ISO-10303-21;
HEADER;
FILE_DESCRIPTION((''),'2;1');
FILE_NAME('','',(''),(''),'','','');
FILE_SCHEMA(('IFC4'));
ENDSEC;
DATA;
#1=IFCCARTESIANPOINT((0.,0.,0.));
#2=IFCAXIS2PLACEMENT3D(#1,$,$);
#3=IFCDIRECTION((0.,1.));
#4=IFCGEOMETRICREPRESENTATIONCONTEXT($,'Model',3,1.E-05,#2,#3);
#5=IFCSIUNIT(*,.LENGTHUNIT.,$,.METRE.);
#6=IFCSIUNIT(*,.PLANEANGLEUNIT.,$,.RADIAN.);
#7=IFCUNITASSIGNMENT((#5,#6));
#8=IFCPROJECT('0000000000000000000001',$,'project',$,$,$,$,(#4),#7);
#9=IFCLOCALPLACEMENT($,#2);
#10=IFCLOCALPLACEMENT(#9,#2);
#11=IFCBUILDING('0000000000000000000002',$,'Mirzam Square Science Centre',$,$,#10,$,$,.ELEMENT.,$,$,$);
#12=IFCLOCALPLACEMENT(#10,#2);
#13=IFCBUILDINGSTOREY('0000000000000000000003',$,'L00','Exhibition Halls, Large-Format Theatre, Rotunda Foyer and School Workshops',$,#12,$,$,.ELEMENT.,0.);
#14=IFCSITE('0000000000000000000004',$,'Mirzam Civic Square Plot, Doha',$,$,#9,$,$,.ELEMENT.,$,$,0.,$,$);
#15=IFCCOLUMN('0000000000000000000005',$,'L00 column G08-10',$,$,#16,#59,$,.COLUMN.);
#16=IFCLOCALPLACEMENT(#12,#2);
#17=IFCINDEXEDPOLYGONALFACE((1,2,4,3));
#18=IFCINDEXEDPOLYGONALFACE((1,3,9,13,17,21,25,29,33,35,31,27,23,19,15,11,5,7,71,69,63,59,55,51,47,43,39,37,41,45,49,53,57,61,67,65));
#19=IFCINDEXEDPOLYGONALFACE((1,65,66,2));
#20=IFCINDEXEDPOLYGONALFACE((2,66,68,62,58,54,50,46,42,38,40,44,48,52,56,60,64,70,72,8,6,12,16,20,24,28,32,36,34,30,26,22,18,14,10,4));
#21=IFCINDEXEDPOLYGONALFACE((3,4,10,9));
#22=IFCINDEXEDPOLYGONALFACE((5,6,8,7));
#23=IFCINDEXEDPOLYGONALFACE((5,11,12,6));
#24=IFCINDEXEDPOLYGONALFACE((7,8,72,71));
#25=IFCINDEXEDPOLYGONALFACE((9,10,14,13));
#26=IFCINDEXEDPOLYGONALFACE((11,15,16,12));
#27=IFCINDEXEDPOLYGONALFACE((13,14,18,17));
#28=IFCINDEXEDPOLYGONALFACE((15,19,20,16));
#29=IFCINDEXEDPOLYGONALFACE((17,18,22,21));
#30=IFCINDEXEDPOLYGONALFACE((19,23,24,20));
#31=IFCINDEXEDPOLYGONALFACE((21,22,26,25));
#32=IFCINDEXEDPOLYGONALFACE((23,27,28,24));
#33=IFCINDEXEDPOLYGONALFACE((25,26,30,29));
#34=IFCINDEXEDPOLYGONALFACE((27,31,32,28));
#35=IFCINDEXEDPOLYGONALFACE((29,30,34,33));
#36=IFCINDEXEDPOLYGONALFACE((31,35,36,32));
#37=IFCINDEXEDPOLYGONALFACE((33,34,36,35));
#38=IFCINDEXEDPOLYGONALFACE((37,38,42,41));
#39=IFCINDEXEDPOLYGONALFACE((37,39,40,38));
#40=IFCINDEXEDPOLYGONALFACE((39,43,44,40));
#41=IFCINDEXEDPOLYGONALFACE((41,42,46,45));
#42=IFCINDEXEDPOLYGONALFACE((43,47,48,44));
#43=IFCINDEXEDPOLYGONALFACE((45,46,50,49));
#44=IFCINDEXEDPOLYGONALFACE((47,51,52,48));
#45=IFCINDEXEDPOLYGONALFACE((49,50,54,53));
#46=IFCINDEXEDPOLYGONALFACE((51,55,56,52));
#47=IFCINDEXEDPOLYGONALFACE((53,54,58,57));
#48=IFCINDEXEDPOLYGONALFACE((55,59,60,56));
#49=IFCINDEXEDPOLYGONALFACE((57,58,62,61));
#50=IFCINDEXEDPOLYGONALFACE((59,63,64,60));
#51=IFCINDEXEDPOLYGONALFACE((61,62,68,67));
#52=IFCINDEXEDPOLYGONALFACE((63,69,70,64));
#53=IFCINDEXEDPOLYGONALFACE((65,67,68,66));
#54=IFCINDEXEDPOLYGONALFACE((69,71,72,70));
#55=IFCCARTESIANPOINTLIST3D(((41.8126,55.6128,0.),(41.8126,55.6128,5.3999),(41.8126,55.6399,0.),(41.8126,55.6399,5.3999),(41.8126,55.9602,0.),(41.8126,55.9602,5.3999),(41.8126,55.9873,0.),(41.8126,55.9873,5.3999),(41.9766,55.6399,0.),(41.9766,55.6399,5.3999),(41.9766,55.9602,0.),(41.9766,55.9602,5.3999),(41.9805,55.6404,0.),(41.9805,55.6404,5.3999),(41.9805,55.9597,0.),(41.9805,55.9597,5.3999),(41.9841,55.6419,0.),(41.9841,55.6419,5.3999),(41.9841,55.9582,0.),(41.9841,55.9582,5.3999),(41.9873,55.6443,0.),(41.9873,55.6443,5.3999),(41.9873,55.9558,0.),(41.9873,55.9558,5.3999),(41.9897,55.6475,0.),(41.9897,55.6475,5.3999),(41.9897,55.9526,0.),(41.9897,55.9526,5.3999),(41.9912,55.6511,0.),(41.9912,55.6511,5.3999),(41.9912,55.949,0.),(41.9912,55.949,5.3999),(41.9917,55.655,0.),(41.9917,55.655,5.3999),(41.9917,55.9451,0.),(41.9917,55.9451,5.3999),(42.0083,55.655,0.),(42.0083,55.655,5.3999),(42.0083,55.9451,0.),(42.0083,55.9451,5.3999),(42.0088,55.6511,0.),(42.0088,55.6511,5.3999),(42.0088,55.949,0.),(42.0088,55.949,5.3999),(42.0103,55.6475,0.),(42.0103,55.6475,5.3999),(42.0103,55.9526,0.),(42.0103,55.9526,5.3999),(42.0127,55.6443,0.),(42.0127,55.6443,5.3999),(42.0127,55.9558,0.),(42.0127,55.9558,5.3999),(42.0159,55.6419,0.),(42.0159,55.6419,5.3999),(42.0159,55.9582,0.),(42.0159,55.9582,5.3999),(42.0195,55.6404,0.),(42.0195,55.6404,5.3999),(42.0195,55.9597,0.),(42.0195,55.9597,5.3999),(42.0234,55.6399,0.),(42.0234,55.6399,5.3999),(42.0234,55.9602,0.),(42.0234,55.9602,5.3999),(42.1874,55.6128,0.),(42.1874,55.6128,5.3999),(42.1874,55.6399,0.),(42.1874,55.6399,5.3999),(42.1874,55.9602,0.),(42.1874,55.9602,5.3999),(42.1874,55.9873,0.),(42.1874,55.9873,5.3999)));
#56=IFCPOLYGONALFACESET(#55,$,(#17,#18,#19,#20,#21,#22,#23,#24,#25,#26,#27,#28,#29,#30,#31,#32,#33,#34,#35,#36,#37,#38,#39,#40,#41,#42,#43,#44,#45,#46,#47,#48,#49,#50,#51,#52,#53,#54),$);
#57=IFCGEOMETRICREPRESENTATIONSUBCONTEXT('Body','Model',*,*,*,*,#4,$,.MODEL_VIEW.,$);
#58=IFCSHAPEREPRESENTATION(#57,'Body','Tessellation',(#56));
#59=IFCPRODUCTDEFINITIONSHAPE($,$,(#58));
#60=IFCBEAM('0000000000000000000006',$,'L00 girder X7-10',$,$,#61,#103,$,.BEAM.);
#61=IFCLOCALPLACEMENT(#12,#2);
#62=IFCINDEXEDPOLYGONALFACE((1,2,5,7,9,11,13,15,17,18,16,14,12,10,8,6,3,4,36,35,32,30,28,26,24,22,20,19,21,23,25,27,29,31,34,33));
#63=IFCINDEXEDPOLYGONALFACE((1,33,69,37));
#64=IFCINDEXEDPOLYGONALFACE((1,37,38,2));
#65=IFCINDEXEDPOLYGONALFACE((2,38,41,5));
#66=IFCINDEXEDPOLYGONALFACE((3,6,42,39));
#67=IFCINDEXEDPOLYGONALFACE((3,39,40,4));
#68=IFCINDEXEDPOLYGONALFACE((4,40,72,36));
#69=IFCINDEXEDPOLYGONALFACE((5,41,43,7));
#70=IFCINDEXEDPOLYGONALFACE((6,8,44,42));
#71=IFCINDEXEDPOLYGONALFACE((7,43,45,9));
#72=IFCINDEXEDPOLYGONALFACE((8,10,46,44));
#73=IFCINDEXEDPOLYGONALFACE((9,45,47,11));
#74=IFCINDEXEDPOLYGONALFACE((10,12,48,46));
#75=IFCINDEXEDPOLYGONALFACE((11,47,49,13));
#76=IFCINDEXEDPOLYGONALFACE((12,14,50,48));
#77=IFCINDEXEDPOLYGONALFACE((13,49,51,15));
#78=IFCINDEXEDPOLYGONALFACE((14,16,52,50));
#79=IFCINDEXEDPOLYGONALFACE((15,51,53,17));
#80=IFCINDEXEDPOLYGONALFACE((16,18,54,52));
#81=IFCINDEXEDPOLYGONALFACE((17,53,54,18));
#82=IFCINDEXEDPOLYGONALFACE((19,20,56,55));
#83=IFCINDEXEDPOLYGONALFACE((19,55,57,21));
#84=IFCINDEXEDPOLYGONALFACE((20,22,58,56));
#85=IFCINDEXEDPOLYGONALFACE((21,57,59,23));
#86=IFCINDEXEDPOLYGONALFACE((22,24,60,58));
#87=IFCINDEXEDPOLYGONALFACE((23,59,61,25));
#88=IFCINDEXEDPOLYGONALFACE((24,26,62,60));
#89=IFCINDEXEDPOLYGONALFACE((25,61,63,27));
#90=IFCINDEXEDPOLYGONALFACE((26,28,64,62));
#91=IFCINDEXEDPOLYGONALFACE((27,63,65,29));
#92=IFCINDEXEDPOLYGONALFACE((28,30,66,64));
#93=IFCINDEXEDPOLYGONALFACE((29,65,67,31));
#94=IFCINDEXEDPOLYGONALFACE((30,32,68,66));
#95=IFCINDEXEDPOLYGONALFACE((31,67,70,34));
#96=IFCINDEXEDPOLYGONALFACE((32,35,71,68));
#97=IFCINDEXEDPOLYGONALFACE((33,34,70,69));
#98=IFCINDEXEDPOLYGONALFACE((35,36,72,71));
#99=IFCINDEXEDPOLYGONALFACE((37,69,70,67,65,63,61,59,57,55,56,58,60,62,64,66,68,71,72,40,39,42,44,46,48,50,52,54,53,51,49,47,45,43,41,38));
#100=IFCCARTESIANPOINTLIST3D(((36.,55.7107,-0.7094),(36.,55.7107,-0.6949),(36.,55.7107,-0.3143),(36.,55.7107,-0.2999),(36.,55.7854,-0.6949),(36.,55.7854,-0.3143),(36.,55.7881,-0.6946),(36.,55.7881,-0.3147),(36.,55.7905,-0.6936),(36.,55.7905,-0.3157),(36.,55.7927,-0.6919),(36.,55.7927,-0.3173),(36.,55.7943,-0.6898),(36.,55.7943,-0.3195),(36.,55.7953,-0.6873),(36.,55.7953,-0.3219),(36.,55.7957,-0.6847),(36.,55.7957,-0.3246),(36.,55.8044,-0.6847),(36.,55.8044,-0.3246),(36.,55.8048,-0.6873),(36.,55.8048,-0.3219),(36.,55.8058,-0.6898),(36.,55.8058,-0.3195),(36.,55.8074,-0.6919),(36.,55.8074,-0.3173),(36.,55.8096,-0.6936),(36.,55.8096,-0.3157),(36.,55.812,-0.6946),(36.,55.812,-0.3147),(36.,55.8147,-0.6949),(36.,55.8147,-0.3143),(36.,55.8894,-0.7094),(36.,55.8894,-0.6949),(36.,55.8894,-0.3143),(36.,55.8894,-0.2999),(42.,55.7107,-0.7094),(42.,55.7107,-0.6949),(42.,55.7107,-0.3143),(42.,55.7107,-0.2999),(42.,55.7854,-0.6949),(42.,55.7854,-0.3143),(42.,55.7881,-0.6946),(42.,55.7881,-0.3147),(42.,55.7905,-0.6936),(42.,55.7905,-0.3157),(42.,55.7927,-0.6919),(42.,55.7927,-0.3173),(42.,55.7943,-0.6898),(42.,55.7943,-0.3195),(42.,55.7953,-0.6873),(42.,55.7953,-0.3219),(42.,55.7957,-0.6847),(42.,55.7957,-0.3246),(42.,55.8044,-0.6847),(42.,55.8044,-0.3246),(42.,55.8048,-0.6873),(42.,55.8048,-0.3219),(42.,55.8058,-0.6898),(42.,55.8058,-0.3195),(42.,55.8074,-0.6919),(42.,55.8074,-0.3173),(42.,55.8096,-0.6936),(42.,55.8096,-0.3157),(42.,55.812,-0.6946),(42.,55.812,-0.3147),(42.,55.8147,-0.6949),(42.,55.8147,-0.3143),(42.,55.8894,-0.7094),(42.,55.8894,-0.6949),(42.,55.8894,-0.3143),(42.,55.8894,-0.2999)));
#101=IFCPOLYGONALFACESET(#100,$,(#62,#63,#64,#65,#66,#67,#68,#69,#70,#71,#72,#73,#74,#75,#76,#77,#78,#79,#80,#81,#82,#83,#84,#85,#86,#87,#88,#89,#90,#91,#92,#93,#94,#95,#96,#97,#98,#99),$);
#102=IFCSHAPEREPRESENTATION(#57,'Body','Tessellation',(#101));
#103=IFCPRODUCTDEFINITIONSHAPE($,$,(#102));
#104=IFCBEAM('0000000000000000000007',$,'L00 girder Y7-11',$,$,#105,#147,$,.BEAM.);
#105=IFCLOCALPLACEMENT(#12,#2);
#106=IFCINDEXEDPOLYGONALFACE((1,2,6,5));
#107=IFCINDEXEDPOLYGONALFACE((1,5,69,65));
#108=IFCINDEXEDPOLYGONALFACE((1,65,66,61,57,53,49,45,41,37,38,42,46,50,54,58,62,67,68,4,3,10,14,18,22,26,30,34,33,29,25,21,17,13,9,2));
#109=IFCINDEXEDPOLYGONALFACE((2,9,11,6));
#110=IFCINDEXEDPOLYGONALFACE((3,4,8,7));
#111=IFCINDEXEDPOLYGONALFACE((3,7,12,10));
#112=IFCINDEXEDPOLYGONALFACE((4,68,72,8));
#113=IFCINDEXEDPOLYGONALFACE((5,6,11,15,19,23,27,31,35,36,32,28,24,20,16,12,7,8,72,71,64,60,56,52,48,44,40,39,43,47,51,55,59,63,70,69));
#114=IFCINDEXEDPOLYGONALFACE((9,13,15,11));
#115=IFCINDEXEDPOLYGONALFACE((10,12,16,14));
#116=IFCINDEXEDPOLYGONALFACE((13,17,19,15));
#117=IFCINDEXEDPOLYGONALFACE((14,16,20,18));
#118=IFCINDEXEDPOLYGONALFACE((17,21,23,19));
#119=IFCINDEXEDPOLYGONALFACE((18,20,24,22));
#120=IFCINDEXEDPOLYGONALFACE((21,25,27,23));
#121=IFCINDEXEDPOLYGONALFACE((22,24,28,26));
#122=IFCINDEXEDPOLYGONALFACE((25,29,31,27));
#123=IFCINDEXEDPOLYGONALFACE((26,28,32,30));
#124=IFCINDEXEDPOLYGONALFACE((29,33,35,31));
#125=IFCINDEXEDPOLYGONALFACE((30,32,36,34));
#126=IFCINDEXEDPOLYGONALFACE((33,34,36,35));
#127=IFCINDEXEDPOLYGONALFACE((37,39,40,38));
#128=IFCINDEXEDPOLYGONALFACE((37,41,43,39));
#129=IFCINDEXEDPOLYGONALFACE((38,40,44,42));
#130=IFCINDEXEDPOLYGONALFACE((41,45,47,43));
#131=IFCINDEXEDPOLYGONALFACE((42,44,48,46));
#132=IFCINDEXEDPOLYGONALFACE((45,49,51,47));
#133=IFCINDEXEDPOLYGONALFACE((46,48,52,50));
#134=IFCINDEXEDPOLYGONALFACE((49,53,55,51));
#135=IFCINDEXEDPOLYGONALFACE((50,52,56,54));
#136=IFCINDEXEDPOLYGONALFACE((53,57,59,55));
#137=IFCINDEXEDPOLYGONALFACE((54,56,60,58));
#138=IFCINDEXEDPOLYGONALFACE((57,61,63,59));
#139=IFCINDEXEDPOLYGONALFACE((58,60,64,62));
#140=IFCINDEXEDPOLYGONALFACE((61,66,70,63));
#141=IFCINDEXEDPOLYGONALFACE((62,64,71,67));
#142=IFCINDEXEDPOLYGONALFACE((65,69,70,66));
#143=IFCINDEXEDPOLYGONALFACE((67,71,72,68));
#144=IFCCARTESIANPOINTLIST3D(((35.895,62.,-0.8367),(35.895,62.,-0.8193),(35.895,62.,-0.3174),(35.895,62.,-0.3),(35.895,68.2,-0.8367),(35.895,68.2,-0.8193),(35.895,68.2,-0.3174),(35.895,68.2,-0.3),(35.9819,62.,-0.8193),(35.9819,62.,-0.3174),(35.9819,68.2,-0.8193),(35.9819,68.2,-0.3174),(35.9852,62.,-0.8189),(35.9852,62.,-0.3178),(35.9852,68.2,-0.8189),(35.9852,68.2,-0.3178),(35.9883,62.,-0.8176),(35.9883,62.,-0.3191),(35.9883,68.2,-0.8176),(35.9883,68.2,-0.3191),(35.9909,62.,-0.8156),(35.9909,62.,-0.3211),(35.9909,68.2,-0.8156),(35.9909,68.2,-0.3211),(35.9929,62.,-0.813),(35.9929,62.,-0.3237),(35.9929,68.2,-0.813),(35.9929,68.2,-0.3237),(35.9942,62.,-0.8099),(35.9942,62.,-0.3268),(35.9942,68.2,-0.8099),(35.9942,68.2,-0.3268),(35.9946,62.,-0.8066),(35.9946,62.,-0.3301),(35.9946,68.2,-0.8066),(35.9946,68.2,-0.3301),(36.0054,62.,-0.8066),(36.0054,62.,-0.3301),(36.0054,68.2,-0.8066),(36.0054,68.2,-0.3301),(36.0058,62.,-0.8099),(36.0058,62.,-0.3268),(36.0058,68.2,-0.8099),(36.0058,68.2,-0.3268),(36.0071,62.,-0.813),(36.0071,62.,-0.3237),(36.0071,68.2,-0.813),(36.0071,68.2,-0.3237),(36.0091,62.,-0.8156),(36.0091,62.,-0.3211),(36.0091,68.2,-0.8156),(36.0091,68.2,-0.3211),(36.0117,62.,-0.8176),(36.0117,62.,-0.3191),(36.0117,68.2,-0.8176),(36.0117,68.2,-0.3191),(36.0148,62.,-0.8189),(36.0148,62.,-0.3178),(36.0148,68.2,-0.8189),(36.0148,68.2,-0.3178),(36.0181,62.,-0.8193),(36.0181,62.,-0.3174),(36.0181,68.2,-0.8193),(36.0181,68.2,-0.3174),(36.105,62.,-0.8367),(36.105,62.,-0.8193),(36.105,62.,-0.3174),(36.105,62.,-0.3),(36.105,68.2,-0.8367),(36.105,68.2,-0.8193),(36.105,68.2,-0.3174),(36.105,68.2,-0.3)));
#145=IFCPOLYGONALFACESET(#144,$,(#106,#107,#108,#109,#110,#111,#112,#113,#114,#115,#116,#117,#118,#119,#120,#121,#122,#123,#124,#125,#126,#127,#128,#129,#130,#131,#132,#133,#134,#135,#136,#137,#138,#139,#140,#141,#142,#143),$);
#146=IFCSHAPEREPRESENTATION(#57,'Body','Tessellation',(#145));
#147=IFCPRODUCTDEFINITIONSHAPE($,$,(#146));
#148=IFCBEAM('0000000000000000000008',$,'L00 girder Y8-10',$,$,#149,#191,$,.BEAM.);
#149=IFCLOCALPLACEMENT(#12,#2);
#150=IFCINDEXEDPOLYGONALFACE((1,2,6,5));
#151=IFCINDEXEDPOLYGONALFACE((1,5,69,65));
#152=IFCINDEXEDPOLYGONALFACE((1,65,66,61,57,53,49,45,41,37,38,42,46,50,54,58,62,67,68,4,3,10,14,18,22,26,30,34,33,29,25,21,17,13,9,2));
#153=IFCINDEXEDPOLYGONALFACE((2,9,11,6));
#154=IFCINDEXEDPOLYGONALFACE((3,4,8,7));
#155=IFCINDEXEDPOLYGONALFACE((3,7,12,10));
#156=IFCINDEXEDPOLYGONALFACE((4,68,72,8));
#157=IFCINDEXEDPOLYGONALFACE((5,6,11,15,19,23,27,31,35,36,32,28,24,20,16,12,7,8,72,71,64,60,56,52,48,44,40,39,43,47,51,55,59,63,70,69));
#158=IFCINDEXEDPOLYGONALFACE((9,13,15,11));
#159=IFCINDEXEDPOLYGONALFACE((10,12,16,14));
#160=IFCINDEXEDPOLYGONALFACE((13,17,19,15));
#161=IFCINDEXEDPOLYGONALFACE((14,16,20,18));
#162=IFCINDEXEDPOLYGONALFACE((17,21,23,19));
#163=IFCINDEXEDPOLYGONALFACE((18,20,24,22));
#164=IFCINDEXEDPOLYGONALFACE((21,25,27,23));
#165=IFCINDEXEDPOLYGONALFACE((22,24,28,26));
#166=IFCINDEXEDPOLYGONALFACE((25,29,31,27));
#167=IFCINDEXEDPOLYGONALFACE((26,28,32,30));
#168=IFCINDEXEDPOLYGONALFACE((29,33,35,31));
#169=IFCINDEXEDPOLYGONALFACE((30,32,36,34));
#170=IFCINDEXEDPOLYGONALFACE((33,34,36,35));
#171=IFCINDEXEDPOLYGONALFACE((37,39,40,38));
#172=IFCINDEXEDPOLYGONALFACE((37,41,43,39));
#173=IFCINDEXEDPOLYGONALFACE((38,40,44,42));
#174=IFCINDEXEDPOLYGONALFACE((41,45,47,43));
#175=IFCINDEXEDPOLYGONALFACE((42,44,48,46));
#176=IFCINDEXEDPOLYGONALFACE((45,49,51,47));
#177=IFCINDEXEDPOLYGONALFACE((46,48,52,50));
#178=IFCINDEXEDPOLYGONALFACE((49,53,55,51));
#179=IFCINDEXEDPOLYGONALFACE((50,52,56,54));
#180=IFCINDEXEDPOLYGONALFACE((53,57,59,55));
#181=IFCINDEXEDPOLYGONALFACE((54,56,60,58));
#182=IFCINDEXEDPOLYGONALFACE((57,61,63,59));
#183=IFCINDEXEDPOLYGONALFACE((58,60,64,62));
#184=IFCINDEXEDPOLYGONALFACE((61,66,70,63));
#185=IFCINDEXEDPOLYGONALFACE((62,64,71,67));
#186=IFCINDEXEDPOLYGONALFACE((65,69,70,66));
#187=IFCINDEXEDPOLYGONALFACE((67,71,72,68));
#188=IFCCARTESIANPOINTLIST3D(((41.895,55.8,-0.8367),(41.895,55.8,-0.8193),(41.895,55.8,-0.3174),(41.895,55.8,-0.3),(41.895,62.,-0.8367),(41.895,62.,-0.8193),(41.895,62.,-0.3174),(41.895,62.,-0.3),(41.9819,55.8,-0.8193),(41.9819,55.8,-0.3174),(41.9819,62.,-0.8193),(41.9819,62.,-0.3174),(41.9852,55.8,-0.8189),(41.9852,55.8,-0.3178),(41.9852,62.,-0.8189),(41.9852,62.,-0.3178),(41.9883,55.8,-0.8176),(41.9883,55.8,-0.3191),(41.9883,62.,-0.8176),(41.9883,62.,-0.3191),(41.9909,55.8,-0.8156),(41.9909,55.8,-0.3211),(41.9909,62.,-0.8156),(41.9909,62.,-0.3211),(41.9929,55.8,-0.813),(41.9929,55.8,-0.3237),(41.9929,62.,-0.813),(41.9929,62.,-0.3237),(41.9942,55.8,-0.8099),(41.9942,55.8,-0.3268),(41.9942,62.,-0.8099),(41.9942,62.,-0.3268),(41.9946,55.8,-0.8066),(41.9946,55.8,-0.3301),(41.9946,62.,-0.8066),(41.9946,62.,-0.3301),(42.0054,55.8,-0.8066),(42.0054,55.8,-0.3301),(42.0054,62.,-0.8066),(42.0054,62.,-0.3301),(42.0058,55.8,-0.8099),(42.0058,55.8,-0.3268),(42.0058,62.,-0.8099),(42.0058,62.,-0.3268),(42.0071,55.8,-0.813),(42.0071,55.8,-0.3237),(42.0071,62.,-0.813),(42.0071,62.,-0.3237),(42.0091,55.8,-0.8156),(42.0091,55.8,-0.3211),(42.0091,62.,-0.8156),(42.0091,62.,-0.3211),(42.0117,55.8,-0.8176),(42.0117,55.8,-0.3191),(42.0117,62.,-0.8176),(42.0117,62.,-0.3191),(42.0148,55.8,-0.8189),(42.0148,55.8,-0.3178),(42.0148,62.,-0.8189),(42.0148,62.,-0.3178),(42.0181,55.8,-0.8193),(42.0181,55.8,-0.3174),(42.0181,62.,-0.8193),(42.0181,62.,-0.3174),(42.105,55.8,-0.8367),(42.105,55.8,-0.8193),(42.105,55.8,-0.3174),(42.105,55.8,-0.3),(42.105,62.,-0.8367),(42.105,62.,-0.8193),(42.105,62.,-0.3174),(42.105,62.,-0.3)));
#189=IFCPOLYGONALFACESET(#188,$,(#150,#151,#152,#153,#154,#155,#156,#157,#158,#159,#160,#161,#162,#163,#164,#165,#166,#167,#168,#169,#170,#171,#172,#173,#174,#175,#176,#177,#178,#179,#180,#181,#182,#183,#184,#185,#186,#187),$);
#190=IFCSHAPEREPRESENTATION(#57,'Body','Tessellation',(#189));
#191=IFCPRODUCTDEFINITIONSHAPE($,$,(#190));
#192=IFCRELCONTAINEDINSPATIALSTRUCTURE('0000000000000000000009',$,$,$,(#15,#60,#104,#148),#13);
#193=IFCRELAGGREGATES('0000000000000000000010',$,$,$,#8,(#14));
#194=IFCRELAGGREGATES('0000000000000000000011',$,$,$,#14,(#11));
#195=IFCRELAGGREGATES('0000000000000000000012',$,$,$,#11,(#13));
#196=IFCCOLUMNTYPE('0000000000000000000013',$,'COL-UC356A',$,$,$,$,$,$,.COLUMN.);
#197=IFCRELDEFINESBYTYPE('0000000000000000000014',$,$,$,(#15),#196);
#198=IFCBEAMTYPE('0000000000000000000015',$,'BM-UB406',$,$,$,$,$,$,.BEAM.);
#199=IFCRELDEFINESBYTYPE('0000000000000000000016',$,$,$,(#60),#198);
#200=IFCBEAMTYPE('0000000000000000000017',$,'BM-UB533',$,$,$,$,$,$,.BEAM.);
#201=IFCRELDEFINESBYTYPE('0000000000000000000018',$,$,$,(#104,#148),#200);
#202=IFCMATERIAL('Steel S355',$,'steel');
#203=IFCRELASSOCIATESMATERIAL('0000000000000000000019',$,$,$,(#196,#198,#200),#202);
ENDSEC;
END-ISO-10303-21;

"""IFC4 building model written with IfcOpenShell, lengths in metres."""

from ifc_helpers import new_model, si_unit, direction, frame, origin, origin_2d, place, context, subcontext, project, spatial, i_section, extrude, material, material_profile, profile_set, type_object, element, save


model = new_model("IFC4")

# Units and contexts
model_context = context("Model", 3, precision=1e-05, world=origin(), true_north=direction((0.0, 1.0)))
body_context = subcontext(model_context, "Body", "Model", "MODEL_VIEW")
ifc_project = project(units=[si_unit("LENGTHUNIT", "METRE"), si_unit("PLANEANGLEUNIT", "RADIAN")], contexts=[model_context])

# Site, building, storey
site_placement = place(None, origin())
site = spatial("IfcSite", under=ifc_project, at=site_placement, Name="Mirzam Civic Square Plot, Doha", CompositionType="ELEMENT", RefElevation=0.0)
building_placement = place(site_placement, origin())
building = spatial("IfcBuilding", under=site, at=building_placement, Name="Mirzam Square Science Centre", CompositionType="ELEMENT")
storey_placement = place(building_placement, origin())
storey = spatial("IfcBuildingStorey", under=building, at=storey_placement, Name="L00", Description="Exhibition Halls, Large-Format Theatre, Rotunda Foyer and School Workshops", CompositionType="ELEMENT", Elevation=0.0)

# Column
ifc_material_1 = material(Name="Steel S355", Category="steel")
ifc_material_profile_1 = material_profile(ifc_material_1, i_section(OverallWidth=0.3748, OverallDepth=0.3745, WebThickness=0.0166, FlangeThickness=0.0271, FilletRadius=0.0151, at=origin_2d()), Name="356x368x202UC")
ifc_profile_set_1 = profile_set([ifc_material_profile_1], Name="Steel S355")
column_type_1 = type_object("IfcColumnType", Name="COL-UC356A", PredefinedType="COLUMN", material=ifc_profile_set_1)
for number, where, z_axis, x_axis, name in (
    (1, (42.0, 55.8, 0.0), (0.0, 0.0, 1.0), (1.0, 0.0, 0.0), "L00 column G08-10"),
):
    element("IfcColumn", number, at=place(storey_placement, frame(where, z_axis=z_axis, x_axis=x_axis)), inside=storey, type_object=column_type_1, Name=name, PredefinedType="COLUMN", context=body_context, shape_type="SweptSolid", body=[
        extrude(i_section(OverallWidth=0.3748, OverallDepth=0.3745, WebThickness=0.0166, FlangeThickness=0.0271, FilletRadius=0.0151, at=origin_2d()), origin(), (0.0, 0.0, 1.0), 5.3999),
    ])

# Beams
ifc_material_profile_2 = material_profile(ifc_material_1, i_section(OverallWidth=0.1787, OverallDepth=0.4094, WebThickness=0.0088, FlangeThickness=0.0144, FilletRadius=0.0103, at=origin_2d()), Name="406x178x67UB")
ifc_profile_set_2 = profile_set([ifc_material_profile_2], Name="Steel S355")
beam_type_1 = type_object("IfcBeamType", Name="BM-UB406", PredefinedType="BEAM", material=ifc_profile_set_2)
beam_1_placement = place(storey_placement, frame((36.0, 55.8, -0.5046), z_axis=(1.0, 0.0, 0.0), x_axis=(0.0, 1.0, 0.0)))
element("IfcBeam", 2, at=beam_1_placement, inside=storey, type_object=beam_type_1, Name="L00 girder X7-10", PredefinedType="BEAM", context=body_context, shape_type="SweptSolid", body=[
    extrude(i_section(OverallWidth=0.1787, OverallDepth=0.4094, WebThickness=0.0088, FlangeThickness=0.0144, FilletRadius=0.0103, at=origin_2d()), origin(), (0.0, 0.0, 1.0), 6.0),
])
ifc_material_profile_3 = material_profile(ifc_material_1, i_section(OverallWidth=0.21, OverallDepth=0.5366, WebThickness=0.0107, FlangeThickness=0.0173, FilletRadius=0.0127, at=origin_2d()), Name="533x210x101UB")
ifc_profile_set_3 = profile_set([ifc_material_profile_3], Name="Steel S355")
beam_type_2 = type_object("IfcBeamType", Name="BM-UB533", PredefinedType="BEAM", material=ifc_profile_set_3)
for number, where, z_axis, x_axis, name in (
    (3, (36.0, 62.0, -0.5684), (0.0, 1.0, 0.0), (-1.0, 0.0, 0.0), "L00 girder Y7-11"),
    (4, (42.0, 55.8, -0.5684), (0.0, 1.0, 0.0), (-1.0, 0.0, 0.0), "L00 girder Y8-10"),
):
    element("IfcBeam", number, at=place(storey_placement, frame(where, z_axis=z_axis, x_axis=x_axis)), inside=storey, type_object=beam_type_2, Name=name, PredefinedType="BEAM", context=body_context, shape_type="SweptSolid", body=[
        extrude(i_section(OverallWidth=0.21, OverallDepth=0.5366, WebThickness=0.0107, FlangeThickness=0.0173, FilletRadius=0.0127, at=origin_2d()), origin(), (0.0, 0.0, 1.0), 6.2),
    ])

save(model, "model.ifc")
